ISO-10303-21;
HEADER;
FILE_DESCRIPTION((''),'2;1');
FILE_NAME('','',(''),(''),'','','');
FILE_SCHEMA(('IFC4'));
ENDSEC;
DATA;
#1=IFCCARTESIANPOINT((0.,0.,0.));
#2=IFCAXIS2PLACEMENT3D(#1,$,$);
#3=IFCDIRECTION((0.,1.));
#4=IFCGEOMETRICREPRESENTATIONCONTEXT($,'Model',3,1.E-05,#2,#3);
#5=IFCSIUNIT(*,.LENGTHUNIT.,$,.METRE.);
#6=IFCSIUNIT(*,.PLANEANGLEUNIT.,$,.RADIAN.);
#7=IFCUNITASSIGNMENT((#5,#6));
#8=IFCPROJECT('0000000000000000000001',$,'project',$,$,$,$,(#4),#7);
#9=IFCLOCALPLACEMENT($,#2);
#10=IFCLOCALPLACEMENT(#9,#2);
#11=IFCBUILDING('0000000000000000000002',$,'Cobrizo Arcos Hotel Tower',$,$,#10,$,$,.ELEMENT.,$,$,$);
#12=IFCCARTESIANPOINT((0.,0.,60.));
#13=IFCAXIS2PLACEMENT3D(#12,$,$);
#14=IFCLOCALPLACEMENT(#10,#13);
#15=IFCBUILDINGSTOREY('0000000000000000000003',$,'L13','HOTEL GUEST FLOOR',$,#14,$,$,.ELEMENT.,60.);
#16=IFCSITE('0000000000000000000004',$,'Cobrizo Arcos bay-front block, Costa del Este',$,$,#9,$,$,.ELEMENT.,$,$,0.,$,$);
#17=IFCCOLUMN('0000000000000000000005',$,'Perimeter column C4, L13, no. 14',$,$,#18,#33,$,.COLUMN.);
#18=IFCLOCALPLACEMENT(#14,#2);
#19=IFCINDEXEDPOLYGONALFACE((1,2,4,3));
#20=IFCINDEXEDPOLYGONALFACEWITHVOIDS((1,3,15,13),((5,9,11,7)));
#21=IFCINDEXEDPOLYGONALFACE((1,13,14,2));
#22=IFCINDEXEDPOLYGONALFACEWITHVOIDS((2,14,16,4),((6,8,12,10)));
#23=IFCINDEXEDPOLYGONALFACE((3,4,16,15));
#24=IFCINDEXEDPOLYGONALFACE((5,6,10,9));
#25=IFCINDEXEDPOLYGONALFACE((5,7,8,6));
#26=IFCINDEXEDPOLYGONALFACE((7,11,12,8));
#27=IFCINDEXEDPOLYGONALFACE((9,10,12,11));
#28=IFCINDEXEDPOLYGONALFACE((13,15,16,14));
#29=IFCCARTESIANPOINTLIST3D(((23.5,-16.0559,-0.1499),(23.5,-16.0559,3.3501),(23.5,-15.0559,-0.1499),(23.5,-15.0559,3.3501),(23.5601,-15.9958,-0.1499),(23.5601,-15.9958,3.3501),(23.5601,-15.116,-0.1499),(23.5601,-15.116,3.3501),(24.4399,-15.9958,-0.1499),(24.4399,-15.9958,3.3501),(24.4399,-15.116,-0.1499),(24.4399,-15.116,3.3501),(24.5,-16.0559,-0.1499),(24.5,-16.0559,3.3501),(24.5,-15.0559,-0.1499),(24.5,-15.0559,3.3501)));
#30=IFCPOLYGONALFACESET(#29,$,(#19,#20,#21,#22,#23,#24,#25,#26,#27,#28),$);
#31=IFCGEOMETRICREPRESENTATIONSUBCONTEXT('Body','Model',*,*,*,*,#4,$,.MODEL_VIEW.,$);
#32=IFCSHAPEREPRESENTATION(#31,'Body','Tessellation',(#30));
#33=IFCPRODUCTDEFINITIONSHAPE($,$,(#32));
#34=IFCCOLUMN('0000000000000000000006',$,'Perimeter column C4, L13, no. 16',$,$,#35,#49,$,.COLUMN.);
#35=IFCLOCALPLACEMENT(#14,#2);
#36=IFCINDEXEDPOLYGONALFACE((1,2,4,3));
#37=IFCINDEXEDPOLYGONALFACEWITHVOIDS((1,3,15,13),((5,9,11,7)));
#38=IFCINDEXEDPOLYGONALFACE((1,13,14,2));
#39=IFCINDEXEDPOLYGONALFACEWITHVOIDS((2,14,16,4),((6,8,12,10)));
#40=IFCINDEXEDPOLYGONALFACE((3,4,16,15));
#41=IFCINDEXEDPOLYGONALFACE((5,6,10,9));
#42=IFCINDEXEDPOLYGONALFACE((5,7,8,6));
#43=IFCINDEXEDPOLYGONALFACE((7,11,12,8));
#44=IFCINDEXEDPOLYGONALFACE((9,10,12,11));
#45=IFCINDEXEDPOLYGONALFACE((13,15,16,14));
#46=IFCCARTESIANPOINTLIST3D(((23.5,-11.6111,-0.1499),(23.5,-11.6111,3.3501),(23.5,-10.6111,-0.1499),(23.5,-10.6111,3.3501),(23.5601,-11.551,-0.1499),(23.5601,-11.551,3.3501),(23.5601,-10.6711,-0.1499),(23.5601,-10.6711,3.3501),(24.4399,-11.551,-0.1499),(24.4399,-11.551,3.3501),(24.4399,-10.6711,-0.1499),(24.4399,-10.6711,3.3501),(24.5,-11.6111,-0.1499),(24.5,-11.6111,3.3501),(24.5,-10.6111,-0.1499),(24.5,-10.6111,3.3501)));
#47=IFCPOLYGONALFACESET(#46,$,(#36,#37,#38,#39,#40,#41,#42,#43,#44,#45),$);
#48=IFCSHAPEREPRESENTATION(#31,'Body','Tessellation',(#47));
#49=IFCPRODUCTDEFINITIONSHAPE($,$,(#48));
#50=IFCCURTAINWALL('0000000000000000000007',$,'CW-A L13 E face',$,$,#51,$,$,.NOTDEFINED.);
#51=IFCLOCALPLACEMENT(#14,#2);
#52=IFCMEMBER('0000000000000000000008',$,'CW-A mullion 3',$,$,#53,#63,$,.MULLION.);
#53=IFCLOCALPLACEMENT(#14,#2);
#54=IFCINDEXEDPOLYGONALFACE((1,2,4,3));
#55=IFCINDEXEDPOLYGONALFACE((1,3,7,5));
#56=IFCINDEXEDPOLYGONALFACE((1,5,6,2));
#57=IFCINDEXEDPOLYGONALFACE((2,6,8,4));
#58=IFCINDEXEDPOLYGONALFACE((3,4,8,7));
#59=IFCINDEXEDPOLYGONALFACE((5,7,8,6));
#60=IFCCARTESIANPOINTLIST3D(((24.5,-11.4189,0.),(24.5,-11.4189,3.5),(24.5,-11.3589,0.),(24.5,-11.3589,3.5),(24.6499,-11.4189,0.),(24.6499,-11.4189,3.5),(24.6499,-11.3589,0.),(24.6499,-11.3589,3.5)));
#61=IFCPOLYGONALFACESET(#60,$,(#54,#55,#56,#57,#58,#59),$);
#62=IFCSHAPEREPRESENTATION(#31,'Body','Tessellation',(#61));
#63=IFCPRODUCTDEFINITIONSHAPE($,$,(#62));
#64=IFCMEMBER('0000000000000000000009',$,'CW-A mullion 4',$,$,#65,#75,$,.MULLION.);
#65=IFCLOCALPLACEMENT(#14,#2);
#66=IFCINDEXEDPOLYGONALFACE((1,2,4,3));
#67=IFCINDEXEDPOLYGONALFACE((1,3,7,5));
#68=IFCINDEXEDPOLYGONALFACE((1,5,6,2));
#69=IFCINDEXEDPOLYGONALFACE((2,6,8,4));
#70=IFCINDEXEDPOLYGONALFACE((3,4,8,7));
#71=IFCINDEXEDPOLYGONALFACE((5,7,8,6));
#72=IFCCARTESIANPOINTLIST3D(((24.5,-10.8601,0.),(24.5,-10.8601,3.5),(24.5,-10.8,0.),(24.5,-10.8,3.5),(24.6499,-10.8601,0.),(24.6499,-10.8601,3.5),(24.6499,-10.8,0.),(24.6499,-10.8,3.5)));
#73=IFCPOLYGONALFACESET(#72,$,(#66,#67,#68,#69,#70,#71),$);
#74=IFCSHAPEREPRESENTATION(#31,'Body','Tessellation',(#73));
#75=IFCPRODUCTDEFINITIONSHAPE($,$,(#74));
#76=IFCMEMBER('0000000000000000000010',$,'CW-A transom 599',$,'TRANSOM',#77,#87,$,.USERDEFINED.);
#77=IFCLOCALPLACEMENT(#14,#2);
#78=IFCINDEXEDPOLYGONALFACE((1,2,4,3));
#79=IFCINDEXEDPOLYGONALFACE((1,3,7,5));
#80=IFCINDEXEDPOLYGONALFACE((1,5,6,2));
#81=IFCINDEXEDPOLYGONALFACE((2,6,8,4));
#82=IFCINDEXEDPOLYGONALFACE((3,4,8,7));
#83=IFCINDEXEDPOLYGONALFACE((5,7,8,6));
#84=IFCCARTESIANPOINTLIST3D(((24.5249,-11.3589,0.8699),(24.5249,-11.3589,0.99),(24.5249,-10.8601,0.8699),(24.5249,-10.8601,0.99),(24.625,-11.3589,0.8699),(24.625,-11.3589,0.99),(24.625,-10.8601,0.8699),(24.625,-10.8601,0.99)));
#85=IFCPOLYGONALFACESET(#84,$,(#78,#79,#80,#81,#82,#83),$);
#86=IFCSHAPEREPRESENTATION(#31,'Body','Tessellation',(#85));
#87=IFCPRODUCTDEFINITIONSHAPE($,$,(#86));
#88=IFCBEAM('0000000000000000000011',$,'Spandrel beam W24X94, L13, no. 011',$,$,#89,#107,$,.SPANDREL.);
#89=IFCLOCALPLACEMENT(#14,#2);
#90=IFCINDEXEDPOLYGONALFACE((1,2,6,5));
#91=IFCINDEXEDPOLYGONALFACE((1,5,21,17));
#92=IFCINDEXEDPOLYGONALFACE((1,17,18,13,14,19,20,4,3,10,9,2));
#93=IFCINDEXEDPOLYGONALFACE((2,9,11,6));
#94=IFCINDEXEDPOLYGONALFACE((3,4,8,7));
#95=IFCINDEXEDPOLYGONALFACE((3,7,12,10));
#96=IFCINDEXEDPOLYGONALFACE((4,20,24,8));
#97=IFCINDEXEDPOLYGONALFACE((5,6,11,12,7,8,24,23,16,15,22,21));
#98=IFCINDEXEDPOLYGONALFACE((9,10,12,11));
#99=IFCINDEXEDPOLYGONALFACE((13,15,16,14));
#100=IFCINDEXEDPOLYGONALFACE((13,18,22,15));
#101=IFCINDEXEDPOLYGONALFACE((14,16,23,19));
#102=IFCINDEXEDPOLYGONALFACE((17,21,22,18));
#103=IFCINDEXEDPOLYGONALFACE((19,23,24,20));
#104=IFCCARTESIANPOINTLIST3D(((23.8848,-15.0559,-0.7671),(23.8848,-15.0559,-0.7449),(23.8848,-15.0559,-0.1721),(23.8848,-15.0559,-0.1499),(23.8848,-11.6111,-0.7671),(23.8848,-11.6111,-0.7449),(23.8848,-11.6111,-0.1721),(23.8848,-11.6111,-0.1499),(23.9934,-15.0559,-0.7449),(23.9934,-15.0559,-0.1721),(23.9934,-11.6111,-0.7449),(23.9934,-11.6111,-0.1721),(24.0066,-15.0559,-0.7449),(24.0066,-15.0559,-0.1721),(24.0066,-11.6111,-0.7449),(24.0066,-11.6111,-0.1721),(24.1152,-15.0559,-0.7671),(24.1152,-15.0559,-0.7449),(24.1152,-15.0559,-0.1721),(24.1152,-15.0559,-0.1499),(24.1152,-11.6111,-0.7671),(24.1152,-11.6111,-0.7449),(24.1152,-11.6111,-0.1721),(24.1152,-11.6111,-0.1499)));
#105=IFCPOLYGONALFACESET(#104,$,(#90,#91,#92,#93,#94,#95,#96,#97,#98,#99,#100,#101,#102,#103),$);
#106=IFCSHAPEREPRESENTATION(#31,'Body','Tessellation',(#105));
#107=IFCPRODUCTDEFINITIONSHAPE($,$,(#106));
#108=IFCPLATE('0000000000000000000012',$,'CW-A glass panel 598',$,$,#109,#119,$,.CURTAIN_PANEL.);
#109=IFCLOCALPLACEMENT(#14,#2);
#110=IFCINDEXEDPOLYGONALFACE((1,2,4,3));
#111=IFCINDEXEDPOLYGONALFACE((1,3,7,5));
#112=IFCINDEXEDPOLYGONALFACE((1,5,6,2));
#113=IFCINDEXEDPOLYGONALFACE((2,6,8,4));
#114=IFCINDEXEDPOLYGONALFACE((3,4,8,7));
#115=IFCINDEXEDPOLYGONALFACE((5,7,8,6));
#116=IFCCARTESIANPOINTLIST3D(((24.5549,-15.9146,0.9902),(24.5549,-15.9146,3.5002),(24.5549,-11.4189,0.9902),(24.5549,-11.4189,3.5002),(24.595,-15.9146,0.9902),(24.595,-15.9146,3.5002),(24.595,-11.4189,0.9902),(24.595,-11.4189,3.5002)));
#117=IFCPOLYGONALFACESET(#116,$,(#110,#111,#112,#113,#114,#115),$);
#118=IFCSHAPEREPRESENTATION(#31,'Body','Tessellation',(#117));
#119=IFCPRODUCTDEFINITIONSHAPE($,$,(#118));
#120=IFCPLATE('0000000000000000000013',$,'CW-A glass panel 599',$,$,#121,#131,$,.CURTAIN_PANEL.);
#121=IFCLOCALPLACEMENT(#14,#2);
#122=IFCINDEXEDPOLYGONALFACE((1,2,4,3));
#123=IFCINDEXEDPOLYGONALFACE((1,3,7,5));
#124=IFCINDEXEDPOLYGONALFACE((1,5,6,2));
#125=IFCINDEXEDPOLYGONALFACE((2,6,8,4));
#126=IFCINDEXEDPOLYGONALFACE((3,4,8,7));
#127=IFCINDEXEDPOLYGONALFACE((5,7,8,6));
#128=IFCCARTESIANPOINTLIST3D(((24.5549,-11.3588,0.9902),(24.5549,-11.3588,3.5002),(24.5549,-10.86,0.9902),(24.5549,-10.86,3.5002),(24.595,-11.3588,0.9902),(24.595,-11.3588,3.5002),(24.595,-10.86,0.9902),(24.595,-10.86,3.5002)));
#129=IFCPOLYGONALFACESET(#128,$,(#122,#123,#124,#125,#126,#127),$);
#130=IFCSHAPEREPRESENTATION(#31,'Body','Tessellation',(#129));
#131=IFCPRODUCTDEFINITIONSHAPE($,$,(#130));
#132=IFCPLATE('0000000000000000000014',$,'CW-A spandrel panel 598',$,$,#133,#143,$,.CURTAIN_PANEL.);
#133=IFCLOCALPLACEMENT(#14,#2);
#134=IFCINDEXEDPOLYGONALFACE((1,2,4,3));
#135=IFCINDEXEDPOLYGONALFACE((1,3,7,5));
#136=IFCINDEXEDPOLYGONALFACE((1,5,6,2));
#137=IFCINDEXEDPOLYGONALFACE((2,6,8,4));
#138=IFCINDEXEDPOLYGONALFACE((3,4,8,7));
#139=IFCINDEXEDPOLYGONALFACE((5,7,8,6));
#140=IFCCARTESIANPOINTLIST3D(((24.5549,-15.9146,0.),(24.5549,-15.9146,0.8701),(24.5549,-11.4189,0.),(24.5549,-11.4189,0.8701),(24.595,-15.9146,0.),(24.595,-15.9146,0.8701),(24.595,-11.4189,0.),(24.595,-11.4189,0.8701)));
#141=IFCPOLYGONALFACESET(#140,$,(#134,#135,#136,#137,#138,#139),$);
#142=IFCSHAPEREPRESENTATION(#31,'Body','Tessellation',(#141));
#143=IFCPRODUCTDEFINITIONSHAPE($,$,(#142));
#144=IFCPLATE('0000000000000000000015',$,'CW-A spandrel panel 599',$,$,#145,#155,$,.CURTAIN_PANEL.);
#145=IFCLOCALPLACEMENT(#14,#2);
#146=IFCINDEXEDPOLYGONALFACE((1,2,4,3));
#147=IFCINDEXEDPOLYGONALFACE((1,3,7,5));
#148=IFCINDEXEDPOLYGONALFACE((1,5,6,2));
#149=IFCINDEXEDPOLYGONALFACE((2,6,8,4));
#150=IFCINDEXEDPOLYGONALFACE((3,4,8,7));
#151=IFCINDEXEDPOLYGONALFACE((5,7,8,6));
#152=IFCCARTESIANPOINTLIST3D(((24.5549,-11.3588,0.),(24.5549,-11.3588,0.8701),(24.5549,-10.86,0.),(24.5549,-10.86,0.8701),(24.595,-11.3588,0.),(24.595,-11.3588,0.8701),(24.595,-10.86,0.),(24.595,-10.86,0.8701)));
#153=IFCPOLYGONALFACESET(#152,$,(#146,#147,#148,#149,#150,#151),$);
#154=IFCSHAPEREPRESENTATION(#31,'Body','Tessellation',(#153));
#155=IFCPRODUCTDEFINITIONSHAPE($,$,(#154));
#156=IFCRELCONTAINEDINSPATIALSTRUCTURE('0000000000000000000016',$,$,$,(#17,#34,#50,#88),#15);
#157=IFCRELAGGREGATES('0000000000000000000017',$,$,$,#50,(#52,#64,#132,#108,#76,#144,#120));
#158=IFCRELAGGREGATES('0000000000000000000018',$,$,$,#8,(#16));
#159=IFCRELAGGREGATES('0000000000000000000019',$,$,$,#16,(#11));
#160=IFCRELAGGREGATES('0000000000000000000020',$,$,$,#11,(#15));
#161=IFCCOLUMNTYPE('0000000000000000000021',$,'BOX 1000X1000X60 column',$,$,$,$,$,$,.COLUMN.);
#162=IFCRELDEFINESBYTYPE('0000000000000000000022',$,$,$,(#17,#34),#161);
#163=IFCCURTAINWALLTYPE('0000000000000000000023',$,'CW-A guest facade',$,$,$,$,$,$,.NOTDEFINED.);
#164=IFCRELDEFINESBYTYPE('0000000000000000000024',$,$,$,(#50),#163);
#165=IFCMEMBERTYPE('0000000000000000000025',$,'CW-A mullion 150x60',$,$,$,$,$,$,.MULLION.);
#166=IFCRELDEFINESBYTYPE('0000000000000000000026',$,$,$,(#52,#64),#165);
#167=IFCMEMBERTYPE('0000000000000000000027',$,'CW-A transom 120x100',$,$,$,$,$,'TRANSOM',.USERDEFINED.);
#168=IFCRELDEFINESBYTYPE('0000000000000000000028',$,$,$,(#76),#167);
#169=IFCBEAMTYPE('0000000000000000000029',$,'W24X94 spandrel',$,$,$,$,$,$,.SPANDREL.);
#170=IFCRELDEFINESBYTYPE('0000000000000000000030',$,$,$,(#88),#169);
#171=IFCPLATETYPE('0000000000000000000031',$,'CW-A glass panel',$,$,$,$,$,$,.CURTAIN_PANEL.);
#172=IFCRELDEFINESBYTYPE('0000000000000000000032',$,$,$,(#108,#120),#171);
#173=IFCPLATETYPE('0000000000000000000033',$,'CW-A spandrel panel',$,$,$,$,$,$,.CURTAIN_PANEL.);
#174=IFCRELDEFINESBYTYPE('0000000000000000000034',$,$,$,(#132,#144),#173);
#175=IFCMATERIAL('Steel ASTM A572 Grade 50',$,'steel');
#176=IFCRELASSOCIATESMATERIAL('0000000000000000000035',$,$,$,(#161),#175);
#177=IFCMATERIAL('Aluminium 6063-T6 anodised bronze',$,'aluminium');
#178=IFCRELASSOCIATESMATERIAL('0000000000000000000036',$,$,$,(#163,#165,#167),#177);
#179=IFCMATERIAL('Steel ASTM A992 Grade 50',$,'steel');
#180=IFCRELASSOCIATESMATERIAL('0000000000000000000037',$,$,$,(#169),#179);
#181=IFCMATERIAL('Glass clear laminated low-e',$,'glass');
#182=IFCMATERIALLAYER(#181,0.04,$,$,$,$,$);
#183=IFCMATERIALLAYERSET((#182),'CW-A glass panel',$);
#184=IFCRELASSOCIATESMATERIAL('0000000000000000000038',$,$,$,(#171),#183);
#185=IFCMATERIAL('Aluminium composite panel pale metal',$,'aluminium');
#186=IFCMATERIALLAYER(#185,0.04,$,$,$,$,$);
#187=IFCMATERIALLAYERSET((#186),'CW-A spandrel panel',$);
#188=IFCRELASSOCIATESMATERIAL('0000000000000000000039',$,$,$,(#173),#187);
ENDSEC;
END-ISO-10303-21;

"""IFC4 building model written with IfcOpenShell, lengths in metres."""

from ifc_helpers import new_model, si_unit, direction, frame, origin, origin_2d, place, context, subcontext, project, spatial, rectangle, hollow_rectangle, i_section, extrude, material, layer, layer_set, material_profile, profile_set, type_object, element, aggregate, save


model = new_model("IFC4")

# Units and contexts
model_context = context("Model", 3, precision=1e-05, world=origin(), true_north=direction((0.0, 1.0)))
body_context = subcontext(model_context, "Body", "Model", "MODEL_VIEW")
ifc_project = project(units=[si_unit("LENGTHUNIT", "METRE"), si_unit("PLANEANGLEUNIT", "RADIAN")], contexts=[model_context])

# Site, building, storey
site_placement = place(None, origin())
site = spatial("IfcSite", under=ifc_project, at=site_placement, Name="Cobrizo Arcos bay-front block, Costa del Este", CompositionType="ELEMENT", RefElevation=0.0)
building_placement = place(site_placement, origin())
building = spatial("IfcBuilding", under=site, at=building_placement, Name="Cobrizo Arcos Hotel Tower", CompositionType="ELEMENT")
storey_placement = place(building_placement, frame((0.0, 0.0, 60.0)))
storey = spatial("IfcBuildingStorey", under=building, at=storey_placement, Name="L13", Description="HOTEL GUEST FLOOR", CompositionType="ELEMENT", Elevation=60.0)

# Columns
ifc_material_1 = material(Name="Steel ASTM A572 Grade 50", Category="steel")
ifc_material_profile_1 = material_profile(ifc_material_1, hollow_rectangle(XDim=1.0, YDim=1.0, WallThickness=0.0601, at=origin_2d()), Name="BOX 1000X1000X60")
ifc_profile_set_1 = profile_set([ifc_material_profile_1], Name="Steel ASTM A572 Grade 50")
column_type = type_object("IfcColumnType", Name="BOX 1000X1000X60 column", PredefinedType="COLUMN", material=ifc_profile_set_1)
for number, where, z_axis, x_axis, name in (
    (1, (24.0, -15.5559, -0.1499), (0.0, 0.0, 1.0), (1.0, 0.0, 0.0), "Perimeter column C4, L13, no. 14"),
    (2, (24.0, -11.1111, -0.1499), (0.0, 0.0, 1.0), (1.0, 0.0, 0.0), "Perimeter column C4, L13, no. 16"),
):
    element("IfcColumn", number, at=place(storey_placement, frame(where, z_axis=z_axis, x_axis=x_axis)), inside=storey, type_object=column_type, Name=name, PredefinedType="COLUMN", context=body_context, shape_type="SweptSolid", body=[
        extrude(hollow_rectangle(XDim=1.0, YDim=1.0, WallThickness=0.0601, at=origin_2d()), origin(), (0.0, 0.0, 1.0), 3.5),
    ])

# Curtain wall, members
ifc_material_2 = material(Name="Aluminium 6063-T6 anodised bronze", Category="aluminium")
curtain_wall_type = type_object("IfcCurtainWallType", Name="CW-A guest facade", PredefinedType="NOTDEFINED", material=ifc_material_2)
curtain_wall_placement = place(storey_placement, origin())
curtain_wall = element("IfcCurtainWall", 3, at=curtain_wall_placement, inside=storey, type_object=curtain_wall_type, Name="CW-A L13 E face", PredefinedType="NOTDEFINED")
ifc_material_profile_2 = material_profile(ifc_material_2, rectangle(XDim=0.1499, YDim=0.0601, at=origin_2d()), Name="CW-A mullion 150x60")
ifc_profile_set_2 = profile_set([ifc_material_profile_2], Name="Aluminium 6063-T6 anodised bronze")
member_type_1 = type_object("IfcMemberType", Name="CW-A mullion 150x60", PredefinedType="MULLION", material=ifc_profile_set_2)
member_1_placement = place(storey_placement, frame((24.575, -11.3889, 0.0), z_axis=(0.0, 0.0, 1.0), x_axis=(1.0, 0.0, 0.0)))
member_1 = element("IfcMember", 4, at=member_1_placement, type_object=member_type_1, Name="CW-A mullion 3", PredefinedType="MULLION", context=body_context, shape_type="SweptSolid", body=[
    extrude(rectangle(XDim=0.1499, YDim=0.0601, at=origin_2d()), origin(), (0.0, 0.0, 1.0), 3.5),
])
member_2_placement = place(storey_placement, frame((24.575, -10.8301, 0.0), z_axis=(0.0, 0.0, 1.0), x_axis=(1.0, 0.0, 0.0)))
member_2 = element("IfcMember", 5, at=member_2_placement, type_object=member_type_1, Name="CW-A mullion 4", PredefinedType="MULLION", context=body_context, shape_type="SweptSolid", body=[
    extrude(rectangle(XDim=0.1499, YDim=0.0601, at=origin_2d()), origin(), (0.0, 0.0, 1.0), 3.5),
])
ifc_material_profile_3 = material_profile(ifc_material_2, rectangle(XDim=0.1001, YDim=0.1201, at=origin_2d()), Name="CW-A transom 120x100")
ifc_profile_set_3 = profile_set([ifc_material_profile_3], Name="Aluminium 6063-T6 anodised bronze")
member_type_2 = type_object("IfcMemberType", Name="CW-A transom 120x100", ElementType="TRANSOM", PredefinedType="USERDEFINED", material=ifc_profile_set_3)
member_3_placement = place(storey_placement, frame((24.575, -11.3589, 0.9299), z_axis=(0.0, 1.0, 0.0), x_axis=(-1.0, 0.0, 0.0)))
member_3 = element("IfcMember", 6, at=member_3_placement, type_object=member_type_2, Name="CW-A transom 599", ObjectType="TRANSOM", PredefinedType="USERDEFINED", context=body_context, shape_type="SweptSolid", body=[
    extrude(rectangle(XDim=0.1001, YDim=0.1201, at=origin_2d()), origin(), (0.0, 0.0, 1.0), 0.4988),
])

# Beam
ifc_material_3 = material(Name="Steel ASTM A992 Grade 50", Category="steel")
ifc_material_profile_4 = material_profile(ifc_material_3, i_section(OverallWidth=0.2305, OverallDepth=0.6172, WebThickness=0.0132, FlangeThickness=0.0222, at=origin_2d()), Name="W24X94")
ifc_profile_set_4 = profile_set([ifc_material_profile_4], Name="Steel ASTM A992 Grade 50")
beam_type = type_object("IfcBeamType", Name="W24X94 spandrel", PredefinedType="SPANDREL", material=ifc_profile_set_4)
beam_placement = place(storey_placement, frame((24.0, -15.0559, -0.4585), z_axis=(0.0, 1.0, 0.0), x_axis=(-1.0, 0.0, 0.0)))
element("IfcBeam", 7, at=beam_placement, inside=storey, type_object=beam_type, Name="Spandrel beam W24X94, L13, no. 011", PredefinedType="SPANDREL", context=body_context, shape_type="SweptSolid", body=[
    extrude(i_section(OverallWidth=0.2305, OverallDepth=0.6172, WebThickness=0.0132, FlangeThickness=0.0222, at=origin_2d()), origin(), (0.0, 0.0, 1.0), 3.4448),
])

# Plates
ifc_material_4 = material(Name="Glass clear laminated low-e", Category="glass")
ifc_layer_1 = layer(ifc_material_4, 0.04)
ifc_layer_set_1 = layer_set([ifc_layer_1], Name="CW-A glass panel")
plate_type_1 = type_object("IfcPlateType", Name="CW-A glass panel", PredefinedType="CURTAIN_PANEL", material=ifc_layer_set_1)
plate_1_placement = place(storey_placement, frame((24.575, -13.6667, 0.9902), z_axis=(0.0, 0.0, 1.0), x_axis=(0.0, 1.0, 0.0)))
plate_1 = element("IfcPlate", 8, at=plate_1_placement, type_object=plate_type_1, Name="CW-A glass panel 598", PredefinedType="CURTAIN_PANEL", context=body_context, shape_type="SweptSolid", body=[
    extrude(rectangle(XDim=4.4956, YDim=0.04, at=origin_2d()), origin(), (0.0, 0.0, 1.0), 2.51),
])
plate_2_placement = place(storey_placement, frame((24.575, -11.1094, 0.9902), z_axis=(0.0, 0.0, 1.0), x_axis=(0.0, 1.0, 0.0)))
plate_2 = element("IfcPlate", 9, at=plate_2_placement, type_object=plate_type_1, Name="CW-A glass panel 599", PredefinedType="CURTAIN_PANEL", context=body_context, shape_type="SweptSolid", body=[
    extrude(rectangle(XDim=0.4988, YDim=0.04, at=origin_2d()), origin(), (0.0, 0.0, 1.0), 2.51),
])
ifc_material_5 = material(Name="Aluminium composite panel pale metal", Category="aluminium")
ifc_layer_2 = layer(ifc_material_5, 0.04)
ifc_layer_set_2 = layer_set([ifc_layer_2], Name="CW-A spandrel panel")
plate_type_2 = type_object("IfcPlateType", Name="CW-A spandrel panel", PredefinedType="CURTAIN_PANEL", material=ifc_layer_set_2)
plate_3_placement = place(storey_placement, frame((24.575, -13.6667, 0.0), z_axis=(0.0, 0.0, 1.0), x_axis=(0.0, 1.0, 0.0)))
plate_3 = element("IfcPlate", 10, at=plate_3_placement, type_object=plate_type_2, Name="CW-A spandrel panel 598", PredefinedType="CURTAIN_PANEL", context=body_context, shape_type="SweptSolid", body=[
    extrude(rectangle(XDim=4.4956, YDim=0.04, at=origin_2d()), origin(), (0.0, 0.0, 1.0), 0.8701),
])
plate_4_placement = place(storey_placement, frame((24.575, -11.1094, 0.0), z_axis=(0.0, 0.0, 1.0), x_axis=(0.0, 1.0, 0.0)))
plate_4 = element("IfcPlate", 11, at=plate_4_placement, type_object=plate_type_2, Name="CW-A spandrel panel 599", PredefinedType="CURTAIN_PANEL", context=body_context, shape_type="SweptSolid", body=[
    extrude(rectangle(XDim=0.4988, YDim=0.04, at=origin_2d()), origin(), (0.0, 0.0, 1.0), 0.8701),
])
aggregate(curtain_wall, [member_1, member_2, plate_3, plate_1, member_3, plate_4, plate_2])

save(model, "model.ifc")
